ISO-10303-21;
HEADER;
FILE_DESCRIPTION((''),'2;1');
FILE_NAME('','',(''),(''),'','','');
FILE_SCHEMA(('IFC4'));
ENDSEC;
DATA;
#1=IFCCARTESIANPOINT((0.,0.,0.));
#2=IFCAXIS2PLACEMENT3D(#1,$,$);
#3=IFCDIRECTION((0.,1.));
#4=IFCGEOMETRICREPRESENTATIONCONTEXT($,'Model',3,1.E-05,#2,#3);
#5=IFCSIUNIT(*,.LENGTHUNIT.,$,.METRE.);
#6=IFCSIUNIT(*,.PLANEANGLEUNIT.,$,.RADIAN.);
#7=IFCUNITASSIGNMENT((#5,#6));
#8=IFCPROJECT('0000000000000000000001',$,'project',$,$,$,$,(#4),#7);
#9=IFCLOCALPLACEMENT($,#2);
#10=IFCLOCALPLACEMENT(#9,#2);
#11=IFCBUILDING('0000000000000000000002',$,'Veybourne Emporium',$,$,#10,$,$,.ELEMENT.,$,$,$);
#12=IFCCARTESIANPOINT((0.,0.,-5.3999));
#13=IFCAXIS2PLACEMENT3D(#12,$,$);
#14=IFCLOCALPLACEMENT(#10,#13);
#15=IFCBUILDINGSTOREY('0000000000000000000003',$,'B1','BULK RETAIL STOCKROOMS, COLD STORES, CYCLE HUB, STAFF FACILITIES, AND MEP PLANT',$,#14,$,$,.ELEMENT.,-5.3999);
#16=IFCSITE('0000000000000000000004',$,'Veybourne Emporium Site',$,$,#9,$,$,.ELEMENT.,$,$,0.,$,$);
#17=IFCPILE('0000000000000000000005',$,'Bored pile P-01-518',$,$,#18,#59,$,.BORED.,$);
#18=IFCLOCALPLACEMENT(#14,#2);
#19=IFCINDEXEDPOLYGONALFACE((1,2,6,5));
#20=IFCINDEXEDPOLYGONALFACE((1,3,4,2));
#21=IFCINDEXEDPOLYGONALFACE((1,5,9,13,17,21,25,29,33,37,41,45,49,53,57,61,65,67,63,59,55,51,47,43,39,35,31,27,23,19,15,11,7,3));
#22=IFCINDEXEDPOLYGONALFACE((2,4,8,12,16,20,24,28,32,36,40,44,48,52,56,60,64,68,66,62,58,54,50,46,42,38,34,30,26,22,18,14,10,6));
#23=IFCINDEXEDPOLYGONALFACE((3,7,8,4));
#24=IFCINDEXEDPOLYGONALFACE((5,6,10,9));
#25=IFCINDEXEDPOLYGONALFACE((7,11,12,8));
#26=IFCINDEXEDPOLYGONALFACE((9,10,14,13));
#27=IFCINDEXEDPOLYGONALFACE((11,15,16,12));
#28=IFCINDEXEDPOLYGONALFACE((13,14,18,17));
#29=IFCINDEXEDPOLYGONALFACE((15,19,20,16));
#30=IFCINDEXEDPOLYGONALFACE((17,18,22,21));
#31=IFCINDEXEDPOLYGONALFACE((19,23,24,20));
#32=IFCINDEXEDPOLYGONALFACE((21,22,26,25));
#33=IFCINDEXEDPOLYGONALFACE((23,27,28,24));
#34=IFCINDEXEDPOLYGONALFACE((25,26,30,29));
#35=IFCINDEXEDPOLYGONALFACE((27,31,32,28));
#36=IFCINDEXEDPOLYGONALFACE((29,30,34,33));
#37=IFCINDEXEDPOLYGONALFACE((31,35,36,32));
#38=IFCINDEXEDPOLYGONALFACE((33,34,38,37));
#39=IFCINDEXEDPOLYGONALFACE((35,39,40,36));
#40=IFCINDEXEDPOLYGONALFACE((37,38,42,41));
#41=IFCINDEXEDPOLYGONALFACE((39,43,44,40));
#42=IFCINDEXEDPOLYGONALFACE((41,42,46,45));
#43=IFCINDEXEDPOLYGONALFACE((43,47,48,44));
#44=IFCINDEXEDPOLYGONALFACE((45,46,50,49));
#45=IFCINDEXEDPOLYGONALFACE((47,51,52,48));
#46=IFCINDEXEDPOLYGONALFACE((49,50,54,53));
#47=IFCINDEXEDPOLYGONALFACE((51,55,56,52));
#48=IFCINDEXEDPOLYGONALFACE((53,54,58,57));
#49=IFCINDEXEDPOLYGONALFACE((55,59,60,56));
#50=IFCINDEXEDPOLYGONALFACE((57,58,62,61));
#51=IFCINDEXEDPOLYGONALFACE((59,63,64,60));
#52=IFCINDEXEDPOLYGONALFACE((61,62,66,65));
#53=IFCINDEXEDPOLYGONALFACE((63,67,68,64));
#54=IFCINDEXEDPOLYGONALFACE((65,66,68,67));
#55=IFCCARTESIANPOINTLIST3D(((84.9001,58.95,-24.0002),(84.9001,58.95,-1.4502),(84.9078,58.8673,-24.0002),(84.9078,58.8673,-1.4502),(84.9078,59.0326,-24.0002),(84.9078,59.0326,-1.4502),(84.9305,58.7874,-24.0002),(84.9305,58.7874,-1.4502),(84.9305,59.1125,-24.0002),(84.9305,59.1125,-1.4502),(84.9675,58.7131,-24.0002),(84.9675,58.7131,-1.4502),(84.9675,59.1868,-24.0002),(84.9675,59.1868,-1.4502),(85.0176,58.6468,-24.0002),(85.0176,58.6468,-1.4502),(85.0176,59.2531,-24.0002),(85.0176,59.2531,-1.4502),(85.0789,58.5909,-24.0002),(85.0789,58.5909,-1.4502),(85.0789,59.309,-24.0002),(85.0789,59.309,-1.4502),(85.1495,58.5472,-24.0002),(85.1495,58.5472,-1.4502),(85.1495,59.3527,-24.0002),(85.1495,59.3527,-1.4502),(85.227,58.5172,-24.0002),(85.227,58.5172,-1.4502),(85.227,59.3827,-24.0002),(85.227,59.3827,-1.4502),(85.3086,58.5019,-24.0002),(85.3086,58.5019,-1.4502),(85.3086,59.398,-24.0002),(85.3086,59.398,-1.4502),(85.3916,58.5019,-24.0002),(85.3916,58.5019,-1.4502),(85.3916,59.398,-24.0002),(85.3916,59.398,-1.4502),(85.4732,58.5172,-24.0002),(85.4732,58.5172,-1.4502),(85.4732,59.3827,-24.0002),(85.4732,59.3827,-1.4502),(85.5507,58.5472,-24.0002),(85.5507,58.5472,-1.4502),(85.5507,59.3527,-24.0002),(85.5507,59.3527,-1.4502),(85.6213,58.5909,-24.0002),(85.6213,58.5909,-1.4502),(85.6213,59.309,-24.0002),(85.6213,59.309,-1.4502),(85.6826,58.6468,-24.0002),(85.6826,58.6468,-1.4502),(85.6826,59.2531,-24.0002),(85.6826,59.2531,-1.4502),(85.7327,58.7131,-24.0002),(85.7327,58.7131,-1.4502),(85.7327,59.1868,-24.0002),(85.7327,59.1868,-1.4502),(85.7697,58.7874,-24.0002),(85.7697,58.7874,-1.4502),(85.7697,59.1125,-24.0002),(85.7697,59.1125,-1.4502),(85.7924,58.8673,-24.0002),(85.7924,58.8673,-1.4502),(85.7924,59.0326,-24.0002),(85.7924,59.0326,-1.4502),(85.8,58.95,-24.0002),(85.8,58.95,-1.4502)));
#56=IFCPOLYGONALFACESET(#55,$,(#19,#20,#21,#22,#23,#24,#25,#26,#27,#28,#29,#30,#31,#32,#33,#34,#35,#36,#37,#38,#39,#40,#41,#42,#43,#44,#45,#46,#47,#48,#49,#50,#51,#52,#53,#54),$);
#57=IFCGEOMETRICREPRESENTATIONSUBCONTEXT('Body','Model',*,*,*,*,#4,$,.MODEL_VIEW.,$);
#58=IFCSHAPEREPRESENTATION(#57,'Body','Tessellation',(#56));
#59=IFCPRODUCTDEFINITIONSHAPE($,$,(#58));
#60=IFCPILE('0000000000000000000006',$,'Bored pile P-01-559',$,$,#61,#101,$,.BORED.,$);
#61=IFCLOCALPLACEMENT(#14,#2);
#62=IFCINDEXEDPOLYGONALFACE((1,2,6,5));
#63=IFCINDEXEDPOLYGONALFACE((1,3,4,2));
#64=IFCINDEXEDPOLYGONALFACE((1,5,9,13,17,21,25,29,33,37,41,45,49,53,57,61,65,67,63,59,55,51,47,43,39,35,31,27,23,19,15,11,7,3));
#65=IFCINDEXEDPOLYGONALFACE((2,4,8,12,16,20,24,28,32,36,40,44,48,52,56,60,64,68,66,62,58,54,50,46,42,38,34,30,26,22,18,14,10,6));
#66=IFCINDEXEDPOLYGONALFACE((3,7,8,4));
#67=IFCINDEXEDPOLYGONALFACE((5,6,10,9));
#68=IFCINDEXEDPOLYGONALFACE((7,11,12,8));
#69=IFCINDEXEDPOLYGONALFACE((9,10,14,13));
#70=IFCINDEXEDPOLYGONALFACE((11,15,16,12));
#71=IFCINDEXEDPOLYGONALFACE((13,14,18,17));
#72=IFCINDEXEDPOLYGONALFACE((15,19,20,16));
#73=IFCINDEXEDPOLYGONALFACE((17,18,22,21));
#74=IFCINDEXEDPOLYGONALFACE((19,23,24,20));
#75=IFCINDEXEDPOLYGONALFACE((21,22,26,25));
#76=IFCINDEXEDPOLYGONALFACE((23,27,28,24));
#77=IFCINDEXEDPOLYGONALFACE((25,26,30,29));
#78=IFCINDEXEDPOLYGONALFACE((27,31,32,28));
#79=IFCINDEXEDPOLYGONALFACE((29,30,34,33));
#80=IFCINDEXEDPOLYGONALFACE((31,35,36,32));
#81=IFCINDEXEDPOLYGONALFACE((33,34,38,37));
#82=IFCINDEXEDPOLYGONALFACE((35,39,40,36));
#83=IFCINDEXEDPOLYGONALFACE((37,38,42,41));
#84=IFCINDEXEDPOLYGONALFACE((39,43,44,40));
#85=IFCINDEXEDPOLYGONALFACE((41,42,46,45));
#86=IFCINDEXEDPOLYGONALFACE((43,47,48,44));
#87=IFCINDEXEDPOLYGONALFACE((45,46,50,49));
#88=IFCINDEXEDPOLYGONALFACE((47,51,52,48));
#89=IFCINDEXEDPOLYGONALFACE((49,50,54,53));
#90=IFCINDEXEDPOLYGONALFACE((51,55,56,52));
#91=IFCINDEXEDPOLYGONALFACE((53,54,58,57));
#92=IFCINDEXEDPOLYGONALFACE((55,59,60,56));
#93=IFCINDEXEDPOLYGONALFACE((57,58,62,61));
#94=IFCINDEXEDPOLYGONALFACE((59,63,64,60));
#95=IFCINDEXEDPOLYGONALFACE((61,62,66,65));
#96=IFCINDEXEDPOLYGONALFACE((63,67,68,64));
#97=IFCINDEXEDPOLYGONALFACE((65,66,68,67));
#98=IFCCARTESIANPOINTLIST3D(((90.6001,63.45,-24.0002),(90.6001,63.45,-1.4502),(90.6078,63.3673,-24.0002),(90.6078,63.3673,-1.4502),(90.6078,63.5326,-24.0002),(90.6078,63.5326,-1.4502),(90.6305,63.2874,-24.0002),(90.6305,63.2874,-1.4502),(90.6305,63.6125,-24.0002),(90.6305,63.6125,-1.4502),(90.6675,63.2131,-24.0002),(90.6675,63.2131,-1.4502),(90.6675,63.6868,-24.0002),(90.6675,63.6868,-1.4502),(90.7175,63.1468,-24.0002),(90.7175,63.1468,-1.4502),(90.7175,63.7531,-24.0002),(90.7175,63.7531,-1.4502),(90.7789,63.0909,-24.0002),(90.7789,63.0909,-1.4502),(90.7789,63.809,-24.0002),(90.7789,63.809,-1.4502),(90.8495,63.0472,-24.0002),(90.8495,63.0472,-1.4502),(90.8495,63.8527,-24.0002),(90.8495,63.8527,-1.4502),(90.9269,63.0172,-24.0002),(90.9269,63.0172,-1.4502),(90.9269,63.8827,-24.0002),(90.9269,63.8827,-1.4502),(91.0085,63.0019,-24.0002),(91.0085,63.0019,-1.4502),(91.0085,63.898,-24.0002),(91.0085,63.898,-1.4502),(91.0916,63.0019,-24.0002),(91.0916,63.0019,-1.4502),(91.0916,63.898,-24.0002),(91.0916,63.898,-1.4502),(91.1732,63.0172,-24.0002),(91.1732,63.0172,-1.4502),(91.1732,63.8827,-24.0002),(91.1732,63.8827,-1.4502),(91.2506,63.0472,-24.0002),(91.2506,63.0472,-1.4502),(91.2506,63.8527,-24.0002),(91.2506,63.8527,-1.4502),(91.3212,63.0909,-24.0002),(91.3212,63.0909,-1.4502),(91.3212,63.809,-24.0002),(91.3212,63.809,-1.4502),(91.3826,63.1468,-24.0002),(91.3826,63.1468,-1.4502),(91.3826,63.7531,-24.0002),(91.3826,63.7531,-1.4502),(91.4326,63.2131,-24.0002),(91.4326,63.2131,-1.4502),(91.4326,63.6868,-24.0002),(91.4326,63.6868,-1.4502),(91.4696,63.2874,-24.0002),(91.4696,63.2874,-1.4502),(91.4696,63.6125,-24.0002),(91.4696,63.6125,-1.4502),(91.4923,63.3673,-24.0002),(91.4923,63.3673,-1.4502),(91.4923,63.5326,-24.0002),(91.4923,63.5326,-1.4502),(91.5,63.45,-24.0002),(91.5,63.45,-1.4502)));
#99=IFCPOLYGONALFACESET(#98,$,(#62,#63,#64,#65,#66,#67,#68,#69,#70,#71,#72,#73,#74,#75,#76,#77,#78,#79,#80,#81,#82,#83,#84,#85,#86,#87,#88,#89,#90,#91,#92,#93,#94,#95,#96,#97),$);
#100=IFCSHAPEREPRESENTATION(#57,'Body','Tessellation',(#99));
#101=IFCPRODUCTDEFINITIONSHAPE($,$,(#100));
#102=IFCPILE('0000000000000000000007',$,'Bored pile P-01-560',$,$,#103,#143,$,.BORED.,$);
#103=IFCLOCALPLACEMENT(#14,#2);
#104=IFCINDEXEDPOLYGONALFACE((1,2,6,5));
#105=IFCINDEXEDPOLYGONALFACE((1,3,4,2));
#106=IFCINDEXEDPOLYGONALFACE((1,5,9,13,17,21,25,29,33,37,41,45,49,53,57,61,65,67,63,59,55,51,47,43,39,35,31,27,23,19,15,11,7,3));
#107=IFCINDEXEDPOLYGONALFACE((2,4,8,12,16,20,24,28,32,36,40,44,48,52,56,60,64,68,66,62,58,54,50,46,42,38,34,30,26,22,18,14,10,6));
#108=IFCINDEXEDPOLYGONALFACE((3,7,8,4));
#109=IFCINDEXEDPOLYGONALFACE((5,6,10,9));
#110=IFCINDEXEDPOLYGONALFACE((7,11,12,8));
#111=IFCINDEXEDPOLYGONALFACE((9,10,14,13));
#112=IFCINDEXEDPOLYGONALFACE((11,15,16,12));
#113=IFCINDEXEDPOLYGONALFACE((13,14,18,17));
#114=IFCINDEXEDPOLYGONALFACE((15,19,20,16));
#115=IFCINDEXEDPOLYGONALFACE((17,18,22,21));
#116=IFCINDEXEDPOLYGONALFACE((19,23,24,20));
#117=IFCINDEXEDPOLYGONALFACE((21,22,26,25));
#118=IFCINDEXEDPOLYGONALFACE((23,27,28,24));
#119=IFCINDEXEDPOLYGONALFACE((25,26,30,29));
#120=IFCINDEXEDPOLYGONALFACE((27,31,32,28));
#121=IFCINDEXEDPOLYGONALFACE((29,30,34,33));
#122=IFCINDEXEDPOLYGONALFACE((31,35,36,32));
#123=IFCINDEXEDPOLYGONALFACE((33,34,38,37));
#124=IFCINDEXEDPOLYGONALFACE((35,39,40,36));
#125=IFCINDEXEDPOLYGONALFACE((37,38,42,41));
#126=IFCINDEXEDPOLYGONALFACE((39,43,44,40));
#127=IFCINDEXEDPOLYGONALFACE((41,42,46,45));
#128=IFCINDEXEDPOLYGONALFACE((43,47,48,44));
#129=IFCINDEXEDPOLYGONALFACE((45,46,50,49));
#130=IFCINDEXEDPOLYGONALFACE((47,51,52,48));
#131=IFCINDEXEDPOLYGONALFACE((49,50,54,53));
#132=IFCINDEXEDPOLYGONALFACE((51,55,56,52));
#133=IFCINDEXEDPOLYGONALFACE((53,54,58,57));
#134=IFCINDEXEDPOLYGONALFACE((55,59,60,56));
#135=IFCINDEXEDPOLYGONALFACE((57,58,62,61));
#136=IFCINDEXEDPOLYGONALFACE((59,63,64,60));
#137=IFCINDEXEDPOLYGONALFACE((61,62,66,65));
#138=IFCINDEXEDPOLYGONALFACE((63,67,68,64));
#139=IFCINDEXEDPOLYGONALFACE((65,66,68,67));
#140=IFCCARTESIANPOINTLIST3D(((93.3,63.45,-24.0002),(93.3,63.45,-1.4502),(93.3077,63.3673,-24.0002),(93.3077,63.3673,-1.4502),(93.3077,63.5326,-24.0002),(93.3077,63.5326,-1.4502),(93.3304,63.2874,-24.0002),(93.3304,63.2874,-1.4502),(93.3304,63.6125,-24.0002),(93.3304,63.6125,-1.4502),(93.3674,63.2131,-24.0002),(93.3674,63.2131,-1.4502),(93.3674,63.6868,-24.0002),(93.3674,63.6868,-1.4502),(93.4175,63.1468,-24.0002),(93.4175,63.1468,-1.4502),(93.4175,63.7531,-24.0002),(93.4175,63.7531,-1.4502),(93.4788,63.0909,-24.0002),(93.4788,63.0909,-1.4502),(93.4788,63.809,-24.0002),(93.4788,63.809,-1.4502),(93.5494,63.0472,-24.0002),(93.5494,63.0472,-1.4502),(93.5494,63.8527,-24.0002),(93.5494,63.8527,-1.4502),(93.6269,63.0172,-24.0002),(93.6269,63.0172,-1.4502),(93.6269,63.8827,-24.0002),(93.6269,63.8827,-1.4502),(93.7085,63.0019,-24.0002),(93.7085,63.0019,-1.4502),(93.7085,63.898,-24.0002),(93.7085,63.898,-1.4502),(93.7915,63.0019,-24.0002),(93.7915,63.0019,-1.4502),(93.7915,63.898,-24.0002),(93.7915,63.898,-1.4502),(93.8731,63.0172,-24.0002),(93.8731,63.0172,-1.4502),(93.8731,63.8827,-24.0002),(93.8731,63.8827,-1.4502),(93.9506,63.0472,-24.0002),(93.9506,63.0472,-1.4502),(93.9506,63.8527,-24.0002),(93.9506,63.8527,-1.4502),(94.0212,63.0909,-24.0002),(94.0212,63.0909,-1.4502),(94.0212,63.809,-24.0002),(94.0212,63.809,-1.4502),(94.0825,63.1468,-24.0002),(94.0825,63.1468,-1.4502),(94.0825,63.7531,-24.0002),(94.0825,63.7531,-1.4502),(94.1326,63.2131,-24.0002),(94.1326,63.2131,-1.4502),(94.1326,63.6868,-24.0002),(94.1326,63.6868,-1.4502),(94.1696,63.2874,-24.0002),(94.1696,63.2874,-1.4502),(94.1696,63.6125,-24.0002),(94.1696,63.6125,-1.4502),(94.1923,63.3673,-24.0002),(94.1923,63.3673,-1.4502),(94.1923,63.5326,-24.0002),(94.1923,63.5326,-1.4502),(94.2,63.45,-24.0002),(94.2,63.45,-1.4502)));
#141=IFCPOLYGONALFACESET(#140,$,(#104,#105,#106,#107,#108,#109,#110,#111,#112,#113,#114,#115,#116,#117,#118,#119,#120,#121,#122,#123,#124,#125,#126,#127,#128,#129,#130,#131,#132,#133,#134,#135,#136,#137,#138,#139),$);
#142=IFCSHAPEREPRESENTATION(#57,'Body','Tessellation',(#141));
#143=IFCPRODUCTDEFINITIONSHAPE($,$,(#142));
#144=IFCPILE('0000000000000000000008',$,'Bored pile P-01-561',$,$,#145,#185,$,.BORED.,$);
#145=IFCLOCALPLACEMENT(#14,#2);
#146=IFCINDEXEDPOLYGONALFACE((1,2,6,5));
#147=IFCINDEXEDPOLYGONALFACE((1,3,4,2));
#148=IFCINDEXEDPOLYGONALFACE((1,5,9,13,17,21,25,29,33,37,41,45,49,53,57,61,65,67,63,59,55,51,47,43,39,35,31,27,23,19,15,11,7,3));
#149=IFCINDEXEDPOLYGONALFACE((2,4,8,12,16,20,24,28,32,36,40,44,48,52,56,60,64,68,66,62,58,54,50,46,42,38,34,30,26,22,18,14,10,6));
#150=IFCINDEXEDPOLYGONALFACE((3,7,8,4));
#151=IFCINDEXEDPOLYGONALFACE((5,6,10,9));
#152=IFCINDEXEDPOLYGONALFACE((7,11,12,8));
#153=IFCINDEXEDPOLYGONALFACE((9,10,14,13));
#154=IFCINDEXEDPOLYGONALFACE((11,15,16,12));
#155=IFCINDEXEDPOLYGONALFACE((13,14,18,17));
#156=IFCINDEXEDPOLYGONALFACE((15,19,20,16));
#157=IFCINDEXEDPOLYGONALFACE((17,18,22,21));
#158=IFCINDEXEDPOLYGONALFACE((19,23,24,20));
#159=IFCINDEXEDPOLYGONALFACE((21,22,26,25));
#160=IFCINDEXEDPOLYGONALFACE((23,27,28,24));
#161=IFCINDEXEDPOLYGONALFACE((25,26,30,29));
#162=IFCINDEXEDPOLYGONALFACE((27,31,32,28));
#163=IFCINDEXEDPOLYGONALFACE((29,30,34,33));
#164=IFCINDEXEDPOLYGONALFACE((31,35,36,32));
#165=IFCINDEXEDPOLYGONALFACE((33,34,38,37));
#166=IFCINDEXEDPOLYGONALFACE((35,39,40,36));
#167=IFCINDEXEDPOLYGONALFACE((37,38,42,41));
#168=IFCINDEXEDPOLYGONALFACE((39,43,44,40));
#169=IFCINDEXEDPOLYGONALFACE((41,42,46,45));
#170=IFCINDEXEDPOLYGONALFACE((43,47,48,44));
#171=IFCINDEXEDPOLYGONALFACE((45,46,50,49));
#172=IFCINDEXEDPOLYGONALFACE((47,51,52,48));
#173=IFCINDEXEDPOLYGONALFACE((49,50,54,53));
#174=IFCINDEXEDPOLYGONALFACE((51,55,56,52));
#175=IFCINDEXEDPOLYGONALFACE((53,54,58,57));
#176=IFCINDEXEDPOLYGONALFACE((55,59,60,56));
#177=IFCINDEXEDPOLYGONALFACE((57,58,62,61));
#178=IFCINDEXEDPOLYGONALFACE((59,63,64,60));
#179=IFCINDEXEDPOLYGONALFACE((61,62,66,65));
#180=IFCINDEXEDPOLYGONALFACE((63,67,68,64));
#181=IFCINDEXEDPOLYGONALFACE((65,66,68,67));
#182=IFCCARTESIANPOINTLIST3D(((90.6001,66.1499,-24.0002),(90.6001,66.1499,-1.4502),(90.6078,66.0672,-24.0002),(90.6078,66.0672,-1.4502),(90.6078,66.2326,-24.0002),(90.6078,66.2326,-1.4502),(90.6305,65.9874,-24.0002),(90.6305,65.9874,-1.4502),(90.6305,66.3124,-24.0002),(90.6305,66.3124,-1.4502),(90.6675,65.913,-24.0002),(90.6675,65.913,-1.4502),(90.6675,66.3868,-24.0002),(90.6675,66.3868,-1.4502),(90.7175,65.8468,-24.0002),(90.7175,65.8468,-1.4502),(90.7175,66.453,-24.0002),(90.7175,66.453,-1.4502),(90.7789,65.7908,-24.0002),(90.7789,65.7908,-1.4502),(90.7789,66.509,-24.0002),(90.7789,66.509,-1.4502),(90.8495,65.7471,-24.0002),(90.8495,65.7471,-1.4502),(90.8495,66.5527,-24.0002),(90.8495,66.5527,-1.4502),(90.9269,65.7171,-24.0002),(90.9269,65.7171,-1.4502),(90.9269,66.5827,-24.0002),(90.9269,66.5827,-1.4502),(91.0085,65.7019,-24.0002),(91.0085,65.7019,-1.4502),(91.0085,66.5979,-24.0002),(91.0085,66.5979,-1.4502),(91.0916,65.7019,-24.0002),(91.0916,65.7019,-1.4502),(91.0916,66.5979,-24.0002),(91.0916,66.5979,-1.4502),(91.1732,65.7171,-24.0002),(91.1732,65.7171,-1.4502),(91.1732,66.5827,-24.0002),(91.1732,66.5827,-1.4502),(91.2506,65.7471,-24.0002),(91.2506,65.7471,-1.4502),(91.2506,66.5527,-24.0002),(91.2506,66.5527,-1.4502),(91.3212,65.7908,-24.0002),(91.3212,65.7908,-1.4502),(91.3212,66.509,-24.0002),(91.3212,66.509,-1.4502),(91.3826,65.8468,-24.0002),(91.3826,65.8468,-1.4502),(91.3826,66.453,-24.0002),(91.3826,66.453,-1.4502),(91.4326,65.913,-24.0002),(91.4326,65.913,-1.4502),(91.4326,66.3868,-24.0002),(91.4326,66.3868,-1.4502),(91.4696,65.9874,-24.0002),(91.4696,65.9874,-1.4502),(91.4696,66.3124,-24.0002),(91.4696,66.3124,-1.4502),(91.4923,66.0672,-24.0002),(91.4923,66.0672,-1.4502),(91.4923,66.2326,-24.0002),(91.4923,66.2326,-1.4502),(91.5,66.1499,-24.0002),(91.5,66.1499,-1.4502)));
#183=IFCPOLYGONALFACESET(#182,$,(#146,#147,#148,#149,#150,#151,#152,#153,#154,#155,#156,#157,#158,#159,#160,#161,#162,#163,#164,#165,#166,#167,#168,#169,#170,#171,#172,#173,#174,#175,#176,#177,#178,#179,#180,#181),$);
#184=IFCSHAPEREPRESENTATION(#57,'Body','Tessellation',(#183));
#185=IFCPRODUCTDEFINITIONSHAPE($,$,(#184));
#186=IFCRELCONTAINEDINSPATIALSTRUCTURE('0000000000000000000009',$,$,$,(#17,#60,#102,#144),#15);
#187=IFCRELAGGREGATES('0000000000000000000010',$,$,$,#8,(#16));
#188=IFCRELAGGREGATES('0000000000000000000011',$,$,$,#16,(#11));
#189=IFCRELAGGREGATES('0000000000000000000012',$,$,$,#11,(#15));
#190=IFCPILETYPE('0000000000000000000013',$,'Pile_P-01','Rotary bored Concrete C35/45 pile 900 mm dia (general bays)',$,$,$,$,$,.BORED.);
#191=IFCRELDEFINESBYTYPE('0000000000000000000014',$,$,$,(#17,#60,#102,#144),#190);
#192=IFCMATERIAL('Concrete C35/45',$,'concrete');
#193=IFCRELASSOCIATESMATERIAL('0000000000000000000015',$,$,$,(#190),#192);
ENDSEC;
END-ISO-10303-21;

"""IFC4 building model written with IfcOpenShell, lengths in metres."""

from ifc_helpers import new_model, si_unit, direction, frame, origin, origin_2d, place, context, subcontext, project, spatial, circle, extrude, material, material_profile, profile_set, type_object, element, save


model = new_model("IFC4")

# Units and contexts
model_context = context("Model", 3, precision=1e-05, world=origin(), true_north=direction((0.0, 1.0)))
body_context = subcontext(model_context, "Body", "Model", "MODEL_VIEW")
ifc_project = project(units=[si_unit("LENGTHUNIT", "METRE"), si_unit("PLANEANGLEUNIT", "RADIAN")], contexts=[model_context])

# Site, building, storey
site_placement = place(None, origin())
site = spatial("IfcSite", under=ifc_project, at=site_placement, Name="Veybourne Emporium Site", CompositionType="ELEMENT", RefElevation=0.0)
building_placement = place(site_placement, origin())
building = spatial("IfcBuilding", under=site, at=building_placement, Name="Veybourne Emporium", CompositionType="ELEMENT")
storey_placement = place(building_placement, frame((0.0, 0.0, -5.3999)))
storey = spatial("IfcBuildingStorey", under=building, at=storey_placement, Name="B1", Description="BULK RETAIL STOCKROOMS, COLD STORES, CYCLE HUB, STAFF FACILITIES, AND MEP PLANT", CompositionType="ELEMENT", Elevation=-5.3999)

# Shared definitions
ifc_material_1 = material(Name="Concrete C35/45", Category="concrete")

# Piles
ifc_material_profile_1 = material_profile(ifc_material_1, circle(Radius=0.45, at=origin_2d()), Name="BORED PILE 900")
ifc_profile_set_1 = profile_set([ifc_material_profile_1], Name="Concrete C35/45")
pile_type_1 = type_object("IfcPileType", Name="Pile_P-01", Description="Rotary bored Concrete C35/45 pile 900 mm dia (general bays)", PredefinedType="BORED", material=ifc_profile_set_1)
for number, where, z_axis, x_axis, name in (
    (1, (85.3501, 58.95, -1.4502), (0.0, 0.0, -1.0), (1.0, 0.0, 0.0), "Bored pile P-01-518"),
    (2, (91.05, 63.45, -1.4502), (0.0, 0.0, -1.0), (1.0, 0.0, 0.0), "Bored pile P-01-559"),
    (3, (93.75, 63.45, -1.4502), (0.0, 0.0, -1.0), (1.0, 0.0, 0.0), "Bored pile P-01-560"),
    (4, (91.05, 66.1499, -1.4502), (0.0, 0.0, -1.0), (1.0, 0.0, 0.0), "Bored pile P-01-561"),
):
    element("IfcPile", number, at=place(storey_placement, frame(where, z_axis=z_axis, x_axis=x_axis)), inside=storey, type_object=pile_type_1, Name=name, PredefinedType="BORED", context=body_context, shape_type="SweptSolid", body=[
        extrude(circle(Radius=0.45, at=origin_2d()), origin(), (0.0, 0.0, 1.0), 22.55),
    ])

save(model, "model.ifc")
